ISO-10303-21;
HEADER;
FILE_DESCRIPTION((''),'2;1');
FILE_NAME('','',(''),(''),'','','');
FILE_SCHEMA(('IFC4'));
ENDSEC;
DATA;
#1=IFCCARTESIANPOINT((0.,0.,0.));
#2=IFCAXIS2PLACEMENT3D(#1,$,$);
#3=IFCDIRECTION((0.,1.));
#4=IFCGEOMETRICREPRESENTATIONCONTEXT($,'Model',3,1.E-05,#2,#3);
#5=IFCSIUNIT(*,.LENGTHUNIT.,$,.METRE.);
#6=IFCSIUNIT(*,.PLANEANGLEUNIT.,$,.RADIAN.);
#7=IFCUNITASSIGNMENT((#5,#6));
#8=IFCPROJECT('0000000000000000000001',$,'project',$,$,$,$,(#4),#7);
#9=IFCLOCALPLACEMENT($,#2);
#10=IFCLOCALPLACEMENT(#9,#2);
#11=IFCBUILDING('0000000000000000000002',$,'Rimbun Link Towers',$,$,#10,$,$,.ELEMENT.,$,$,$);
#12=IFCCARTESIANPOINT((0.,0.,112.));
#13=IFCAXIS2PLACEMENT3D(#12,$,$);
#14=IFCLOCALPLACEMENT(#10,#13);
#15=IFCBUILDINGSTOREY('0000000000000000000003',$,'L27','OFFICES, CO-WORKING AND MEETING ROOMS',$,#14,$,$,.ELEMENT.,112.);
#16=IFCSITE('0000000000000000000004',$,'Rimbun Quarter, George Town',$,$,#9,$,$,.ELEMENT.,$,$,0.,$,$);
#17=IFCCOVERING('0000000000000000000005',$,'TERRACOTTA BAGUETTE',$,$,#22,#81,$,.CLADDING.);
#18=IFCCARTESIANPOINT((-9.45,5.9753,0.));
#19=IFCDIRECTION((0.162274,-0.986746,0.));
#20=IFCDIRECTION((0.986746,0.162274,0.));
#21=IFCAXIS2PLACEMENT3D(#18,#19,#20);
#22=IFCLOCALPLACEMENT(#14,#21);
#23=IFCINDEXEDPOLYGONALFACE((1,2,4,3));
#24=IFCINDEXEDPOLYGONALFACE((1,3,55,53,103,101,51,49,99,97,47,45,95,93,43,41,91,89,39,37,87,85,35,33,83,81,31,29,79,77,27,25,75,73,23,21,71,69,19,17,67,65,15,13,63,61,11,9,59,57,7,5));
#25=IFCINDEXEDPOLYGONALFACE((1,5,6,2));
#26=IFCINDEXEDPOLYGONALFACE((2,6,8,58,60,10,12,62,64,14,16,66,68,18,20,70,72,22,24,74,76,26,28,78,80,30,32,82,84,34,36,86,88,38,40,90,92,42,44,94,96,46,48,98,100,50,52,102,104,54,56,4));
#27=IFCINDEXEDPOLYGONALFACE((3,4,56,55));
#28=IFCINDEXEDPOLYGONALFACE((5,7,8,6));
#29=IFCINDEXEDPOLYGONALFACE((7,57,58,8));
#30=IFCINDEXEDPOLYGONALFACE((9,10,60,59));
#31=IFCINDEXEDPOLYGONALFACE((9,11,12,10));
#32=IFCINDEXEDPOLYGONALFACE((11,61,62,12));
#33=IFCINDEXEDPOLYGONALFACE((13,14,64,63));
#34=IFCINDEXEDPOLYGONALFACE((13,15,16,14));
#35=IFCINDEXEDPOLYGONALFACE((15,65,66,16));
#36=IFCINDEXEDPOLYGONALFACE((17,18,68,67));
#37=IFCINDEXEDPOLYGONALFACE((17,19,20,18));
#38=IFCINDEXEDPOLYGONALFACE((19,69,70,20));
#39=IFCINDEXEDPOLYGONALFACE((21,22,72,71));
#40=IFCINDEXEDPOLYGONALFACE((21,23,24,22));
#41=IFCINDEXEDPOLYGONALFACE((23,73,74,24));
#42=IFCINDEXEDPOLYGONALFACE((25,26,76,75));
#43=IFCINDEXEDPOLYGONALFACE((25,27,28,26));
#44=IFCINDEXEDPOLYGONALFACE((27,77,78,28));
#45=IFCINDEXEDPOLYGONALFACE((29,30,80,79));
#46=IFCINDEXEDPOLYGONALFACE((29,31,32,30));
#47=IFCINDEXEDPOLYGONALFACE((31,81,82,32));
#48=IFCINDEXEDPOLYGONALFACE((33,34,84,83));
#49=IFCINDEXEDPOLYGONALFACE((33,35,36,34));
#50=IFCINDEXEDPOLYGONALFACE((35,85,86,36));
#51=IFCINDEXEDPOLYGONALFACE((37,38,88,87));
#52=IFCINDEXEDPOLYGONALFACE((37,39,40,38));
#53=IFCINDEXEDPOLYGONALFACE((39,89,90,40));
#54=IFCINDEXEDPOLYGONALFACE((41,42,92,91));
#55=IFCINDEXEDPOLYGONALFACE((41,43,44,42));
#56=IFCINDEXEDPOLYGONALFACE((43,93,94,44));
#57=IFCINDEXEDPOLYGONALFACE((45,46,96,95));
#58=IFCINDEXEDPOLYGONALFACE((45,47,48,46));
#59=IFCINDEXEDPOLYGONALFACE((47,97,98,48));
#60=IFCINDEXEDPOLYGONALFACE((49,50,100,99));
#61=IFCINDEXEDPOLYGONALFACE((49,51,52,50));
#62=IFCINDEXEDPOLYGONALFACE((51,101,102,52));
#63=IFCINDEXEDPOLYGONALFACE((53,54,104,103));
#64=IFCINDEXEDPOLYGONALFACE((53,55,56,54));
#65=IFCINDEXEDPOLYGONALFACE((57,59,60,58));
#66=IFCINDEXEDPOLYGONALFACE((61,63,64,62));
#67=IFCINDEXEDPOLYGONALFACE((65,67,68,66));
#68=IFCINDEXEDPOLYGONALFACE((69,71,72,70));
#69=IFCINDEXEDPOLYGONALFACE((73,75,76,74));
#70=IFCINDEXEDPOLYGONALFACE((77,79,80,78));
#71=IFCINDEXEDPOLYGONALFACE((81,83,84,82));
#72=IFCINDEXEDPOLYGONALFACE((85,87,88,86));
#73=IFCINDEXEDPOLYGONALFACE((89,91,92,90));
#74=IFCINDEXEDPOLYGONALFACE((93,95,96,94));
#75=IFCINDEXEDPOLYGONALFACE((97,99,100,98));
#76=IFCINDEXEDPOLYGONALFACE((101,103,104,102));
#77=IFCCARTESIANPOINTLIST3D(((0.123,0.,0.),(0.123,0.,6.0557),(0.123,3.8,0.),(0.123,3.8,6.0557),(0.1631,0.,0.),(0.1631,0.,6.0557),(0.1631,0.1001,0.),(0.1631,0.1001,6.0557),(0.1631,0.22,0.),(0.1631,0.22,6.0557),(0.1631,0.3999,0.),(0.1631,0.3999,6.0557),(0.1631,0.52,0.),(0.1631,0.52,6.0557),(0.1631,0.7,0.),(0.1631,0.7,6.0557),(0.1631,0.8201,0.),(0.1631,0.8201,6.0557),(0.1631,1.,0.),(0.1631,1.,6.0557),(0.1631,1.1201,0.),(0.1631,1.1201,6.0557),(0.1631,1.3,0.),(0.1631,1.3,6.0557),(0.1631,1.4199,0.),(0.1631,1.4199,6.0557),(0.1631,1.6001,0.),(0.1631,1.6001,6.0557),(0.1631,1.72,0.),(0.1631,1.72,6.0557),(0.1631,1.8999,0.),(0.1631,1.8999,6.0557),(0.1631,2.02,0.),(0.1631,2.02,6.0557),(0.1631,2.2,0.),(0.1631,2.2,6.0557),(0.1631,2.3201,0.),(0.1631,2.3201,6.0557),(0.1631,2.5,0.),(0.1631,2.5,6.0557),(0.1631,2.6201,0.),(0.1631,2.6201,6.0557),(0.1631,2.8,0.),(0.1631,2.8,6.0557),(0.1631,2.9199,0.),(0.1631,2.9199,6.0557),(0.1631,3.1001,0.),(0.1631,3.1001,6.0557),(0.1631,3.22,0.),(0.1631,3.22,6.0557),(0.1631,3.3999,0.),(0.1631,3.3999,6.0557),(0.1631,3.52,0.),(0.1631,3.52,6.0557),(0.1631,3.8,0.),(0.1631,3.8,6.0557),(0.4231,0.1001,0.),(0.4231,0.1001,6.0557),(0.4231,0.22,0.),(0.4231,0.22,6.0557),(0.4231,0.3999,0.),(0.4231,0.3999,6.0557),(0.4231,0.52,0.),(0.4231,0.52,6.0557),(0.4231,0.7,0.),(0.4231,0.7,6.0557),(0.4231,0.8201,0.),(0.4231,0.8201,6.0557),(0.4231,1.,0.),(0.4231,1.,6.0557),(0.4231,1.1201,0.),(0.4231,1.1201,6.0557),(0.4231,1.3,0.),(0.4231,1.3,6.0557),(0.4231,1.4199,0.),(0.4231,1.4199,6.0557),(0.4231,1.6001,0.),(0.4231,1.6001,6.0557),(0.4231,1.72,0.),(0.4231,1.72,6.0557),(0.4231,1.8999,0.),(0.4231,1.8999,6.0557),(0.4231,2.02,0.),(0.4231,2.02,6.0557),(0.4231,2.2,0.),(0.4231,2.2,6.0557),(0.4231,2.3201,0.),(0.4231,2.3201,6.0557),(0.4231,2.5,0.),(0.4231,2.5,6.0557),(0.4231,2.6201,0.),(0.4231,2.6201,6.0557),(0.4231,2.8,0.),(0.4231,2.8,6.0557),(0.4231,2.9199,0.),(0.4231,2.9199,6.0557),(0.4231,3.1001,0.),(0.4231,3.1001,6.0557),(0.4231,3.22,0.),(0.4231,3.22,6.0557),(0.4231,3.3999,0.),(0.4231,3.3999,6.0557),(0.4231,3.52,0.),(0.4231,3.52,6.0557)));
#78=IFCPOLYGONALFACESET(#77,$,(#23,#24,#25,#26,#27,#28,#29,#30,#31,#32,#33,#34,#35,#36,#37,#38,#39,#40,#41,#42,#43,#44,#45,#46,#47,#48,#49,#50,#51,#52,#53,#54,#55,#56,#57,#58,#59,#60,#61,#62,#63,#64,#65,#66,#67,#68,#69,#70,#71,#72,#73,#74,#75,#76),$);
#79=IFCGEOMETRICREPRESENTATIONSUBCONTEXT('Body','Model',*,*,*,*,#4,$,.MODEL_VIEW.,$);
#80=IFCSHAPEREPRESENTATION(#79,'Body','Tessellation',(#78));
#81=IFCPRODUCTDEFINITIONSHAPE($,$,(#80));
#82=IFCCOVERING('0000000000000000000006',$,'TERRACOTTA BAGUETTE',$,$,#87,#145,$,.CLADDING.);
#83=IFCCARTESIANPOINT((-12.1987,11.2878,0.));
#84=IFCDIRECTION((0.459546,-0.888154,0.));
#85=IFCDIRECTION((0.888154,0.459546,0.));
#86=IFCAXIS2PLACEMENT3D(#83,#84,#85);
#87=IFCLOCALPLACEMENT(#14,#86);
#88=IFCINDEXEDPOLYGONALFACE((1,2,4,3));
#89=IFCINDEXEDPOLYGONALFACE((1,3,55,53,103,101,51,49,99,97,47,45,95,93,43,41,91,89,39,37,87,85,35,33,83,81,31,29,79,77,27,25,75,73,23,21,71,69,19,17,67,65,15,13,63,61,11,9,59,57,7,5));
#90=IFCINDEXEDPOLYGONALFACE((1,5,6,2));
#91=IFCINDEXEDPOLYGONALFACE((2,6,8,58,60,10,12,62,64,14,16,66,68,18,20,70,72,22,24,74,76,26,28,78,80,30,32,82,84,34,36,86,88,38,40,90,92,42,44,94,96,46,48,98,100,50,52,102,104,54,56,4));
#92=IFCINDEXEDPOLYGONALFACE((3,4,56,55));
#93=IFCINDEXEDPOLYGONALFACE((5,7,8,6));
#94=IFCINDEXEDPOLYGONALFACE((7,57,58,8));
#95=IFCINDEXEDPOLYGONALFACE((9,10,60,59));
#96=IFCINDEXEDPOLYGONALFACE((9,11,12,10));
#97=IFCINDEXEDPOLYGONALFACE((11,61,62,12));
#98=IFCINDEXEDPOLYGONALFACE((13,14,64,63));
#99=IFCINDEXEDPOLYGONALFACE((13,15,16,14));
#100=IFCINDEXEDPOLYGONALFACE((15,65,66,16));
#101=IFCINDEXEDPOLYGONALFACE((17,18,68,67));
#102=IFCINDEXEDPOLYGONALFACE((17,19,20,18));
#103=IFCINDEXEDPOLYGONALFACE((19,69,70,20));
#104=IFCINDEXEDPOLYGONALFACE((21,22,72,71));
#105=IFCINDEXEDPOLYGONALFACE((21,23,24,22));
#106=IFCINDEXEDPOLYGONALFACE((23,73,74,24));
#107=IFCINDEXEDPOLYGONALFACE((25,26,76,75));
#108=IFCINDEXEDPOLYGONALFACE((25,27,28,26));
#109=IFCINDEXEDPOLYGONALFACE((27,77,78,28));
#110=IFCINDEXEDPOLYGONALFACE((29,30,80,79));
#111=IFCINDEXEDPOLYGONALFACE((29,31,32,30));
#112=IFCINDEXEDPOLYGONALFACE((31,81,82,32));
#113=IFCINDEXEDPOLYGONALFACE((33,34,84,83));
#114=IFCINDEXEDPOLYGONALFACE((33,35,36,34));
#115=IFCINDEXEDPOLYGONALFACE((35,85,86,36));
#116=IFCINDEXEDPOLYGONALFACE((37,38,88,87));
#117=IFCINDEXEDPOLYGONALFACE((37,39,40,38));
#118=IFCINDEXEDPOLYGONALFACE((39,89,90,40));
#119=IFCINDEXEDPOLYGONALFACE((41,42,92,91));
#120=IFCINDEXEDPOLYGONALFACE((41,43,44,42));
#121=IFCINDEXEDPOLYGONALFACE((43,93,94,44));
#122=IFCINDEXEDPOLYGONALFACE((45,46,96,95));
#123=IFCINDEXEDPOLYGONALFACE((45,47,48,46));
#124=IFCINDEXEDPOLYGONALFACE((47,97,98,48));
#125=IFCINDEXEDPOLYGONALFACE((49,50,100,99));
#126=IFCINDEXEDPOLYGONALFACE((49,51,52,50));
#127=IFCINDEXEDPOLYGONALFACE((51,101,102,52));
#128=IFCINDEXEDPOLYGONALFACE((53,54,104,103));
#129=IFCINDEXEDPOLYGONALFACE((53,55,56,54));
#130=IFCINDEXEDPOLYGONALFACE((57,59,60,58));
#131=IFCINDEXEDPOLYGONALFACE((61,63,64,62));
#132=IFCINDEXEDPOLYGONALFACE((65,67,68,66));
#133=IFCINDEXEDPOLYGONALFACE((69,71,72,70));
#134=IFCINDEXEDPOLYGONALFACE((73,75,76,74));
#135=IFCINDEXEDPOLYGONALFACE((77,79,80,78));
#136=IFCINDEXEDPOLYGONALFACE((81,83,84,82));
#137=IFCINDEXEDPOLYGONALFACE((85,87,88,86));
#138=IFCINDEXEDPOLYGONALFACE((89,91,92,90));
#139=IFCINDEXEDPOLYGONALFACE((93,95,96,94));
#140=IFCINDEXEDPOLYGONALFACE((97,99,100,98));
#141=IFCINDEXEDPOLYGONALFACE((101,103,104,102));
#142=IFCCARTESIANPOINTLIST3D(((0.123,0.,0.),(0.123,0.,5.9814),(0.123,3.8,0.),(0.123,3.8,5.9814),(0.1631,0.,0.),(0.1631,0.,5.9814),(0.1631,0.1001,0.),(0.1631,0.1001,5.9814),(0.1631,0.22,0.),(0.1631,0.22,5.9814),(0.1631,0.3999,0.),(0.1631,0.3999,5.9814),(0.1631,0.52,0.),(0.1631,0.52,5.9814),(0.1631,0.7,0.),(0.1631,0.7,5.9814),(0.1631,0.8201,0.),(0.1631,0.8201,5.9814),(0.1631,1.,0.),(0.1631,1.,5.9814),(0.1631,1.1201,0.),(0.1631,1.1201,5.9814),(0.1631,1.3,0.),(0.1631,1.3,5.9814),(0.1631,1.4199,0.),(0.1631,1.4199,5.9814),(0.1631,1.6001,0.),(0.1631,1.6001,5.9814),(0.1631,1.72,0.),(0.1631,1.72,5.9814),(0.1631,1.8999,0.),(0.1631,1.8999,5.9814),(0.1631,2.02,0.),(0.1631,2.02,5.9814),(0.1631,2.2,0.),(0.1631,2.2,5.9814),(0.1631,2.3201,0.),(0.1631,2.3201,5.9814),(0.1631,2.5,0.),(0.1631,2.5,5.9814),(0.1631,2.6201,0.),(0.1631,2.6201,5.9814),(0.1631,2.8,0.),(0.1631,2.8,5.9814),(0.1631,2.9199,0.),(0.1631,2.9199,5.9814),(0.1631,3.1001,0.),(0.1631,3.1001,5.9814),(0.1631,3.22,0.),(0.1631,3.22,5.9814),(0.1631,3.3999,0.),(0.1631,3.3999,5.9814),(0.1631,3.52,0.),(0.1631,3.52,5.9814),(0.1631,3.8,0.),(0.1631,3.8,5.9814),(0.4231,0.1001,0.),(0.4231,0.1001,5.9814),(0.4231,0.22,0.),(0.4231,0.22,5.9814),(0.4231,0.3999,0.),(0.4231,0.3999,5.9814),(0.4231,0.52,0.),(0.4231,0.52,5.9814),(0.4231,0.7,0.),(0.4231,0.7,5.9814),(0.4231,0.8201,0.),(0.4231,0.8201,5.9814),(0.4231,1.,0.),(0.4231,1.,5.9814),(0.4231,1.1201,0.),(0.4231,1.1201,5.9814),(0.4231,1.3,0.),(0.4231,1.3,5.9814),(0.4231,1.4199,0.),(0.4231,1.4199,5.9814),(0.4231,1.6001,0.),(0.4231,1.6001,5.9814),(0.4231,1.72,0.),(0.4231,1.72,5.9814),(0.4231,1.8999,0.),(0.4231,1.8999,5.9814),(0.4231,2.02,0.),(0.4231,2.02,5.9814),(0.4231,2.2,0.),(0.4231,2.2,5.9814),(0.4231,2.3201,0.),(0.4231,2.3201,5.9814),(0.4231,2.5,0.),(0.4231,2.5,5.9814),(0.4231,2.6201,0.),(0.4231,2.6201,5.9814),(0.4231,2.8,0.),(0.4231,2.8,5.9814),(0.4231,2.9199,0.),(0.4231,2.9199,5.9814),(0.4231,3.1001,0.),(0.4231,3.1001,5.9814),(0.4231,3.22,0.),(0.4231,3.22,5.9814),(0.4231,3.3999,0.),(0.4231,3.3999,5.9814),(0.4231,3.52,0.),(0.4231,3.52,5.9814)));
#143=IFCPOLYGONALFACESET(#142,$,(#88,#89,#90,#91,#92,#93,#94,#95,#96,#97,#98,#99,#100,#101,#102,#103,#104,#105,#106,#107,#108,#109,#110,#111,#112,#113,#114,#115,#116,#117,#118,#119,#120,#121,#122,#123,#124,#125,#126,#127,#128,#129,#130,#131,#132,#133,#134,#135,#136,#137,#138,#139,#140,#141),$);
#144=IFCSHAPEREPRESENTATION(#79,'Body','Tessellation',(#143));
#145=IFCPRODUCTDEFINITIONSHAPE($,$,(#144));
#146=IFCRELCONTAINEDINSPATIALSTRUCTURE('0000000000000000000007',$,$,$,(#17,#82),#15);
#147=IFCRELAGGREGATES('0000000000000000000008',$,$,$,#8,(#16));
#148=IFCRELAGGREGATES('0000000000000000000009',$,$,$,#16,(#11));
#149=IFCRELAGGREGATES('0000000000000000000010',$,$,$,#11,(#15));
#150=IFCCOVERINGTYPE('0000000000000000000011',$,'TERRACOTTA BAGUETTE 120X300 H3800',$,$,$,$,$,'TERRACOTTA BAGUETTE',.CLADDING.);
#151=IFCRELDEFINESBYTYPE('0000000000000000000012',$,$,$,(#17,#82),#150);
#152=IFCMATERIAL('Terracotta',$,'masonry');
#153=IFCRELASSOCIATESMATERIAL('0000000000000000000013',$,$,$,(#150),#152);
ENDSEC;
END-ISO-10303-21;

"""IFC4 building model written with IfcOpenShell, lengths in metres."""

from ifc_helpers import new_model, si_unit, direction, frame, origin, place, context, subcontext, project, spatial, polyline, outline, extrude, material, material_profile, profile_set, type_object, element, save


model = new_model("IFC4")

# Units and contexts
model_context = context("Model", 3, precision=1e-05, world=origin(), true_north=direction((0.0, 1.0)))
body_context = subcontext(model_context, "Body", "Model", "MODEL_VIEW")
ifc_project = project(units=[si_unit("LENGTHUNIT", "METRE"), si_unit("PLANEANGLEUNIT", "RADIAN")], contexts=[model_context])

# Site, building, storey
site_placement = place(None, origin())
site = spatial("IfcSite", under=ifc_project, at=site_placement, Name="Rimbun Quarter, George Town", CompositionType="ELEMENT", RefElevation=0.0)
building_placement = place(site_placement, origin())
building = spatial("IfcBuilding", under=site, at=building_placement, Name="Rimbun Link Towers", CompositionType="ELEMENT")
storey_placement = place(building_placement, frame((0.0, 0.0, 112.0)))
storey = spatial("IfcBuildingStorey", under=building, at=storey_placement, Name="L27", Description="OFFICES, CO-WORKING AND MEETING ROOMS", CompositionType="ELEMENT", Elevation=112.0)

# Coverings
ifc_material_1 = material(Name="Terracotta", Category="masonry")
ifc_material_profile_1 = material_profile(ifc_material_1, outline(polyline([(0.123, 0.0), (0.1631, 0.0), (0.1631, 0.1001), (0.4231, 0.1001), (0.4231, 0.22), (0.1631, 0.22), (0.1631, 0.3999), (0.4231, 0.3999), (0.4231, 0.52), (0.1631, 0.52), (0.1631, 0.7), (0.4231, 0.7), (0.4231, 0.8201), (0.1631, 0.8201), (0.1631, 1.0), (0.4231, 1.0), (0.4231, 1.1201), (0.1631, 1.1201), (0.1631, 1.3), (0.4231, 1.3), (0.4231, 1.4199), (0.1631, 1.4199), (0.1631, 1.6001), (0.4231, 1.6001), (0.4231, 1.72), (0.1631, 1.72), (0.1631, 1.8999), (0.4231, 1.8999), (0.4231, 2.02), (0.1631, 2.02), (0.1631, 2.2), (0.4231, 2.2), (0.4231, 2.3201), (0.1631, 2.3201), (0.1631, 2.5), (0.4231, 2.5), (0.4231, 2.6201), (0.1631, 2.6201), (0.1631, 2.8), (0.4231, 2.8), (0.4231, 2.9199), (0.1631, 2.9199), (0.1631, 3.1001), (0.4231, 3.1001), (0.4231, 3.22), (0.1631, 3.22), (0.1631, 3.3999), (0.4231, 3.3999), (0.4231, 3.52), (0.1631, 3.52), (0.1631, 3.8), (0.123, 3.8), (0.123, 0.0)])), Name="BAGUETTE 120X300")
ifc_profile_set_1 = profile_set([ifc_material_profile_1], Name="Terracotta")
covering_type = type_object("IfcCoveringType", Name="TERRACOTTA BAGUETTE 120X300 H3800", ElementType="TERRACOTTA BAGUETTE", PredefinedType="CLADDING", material=ifc_profile_set_1)
covering_1_placement = place(storey_placement, frame((-9.45, 5.9753, 0.0), z_axis=(0.162274, -0.986746, 0.0), x_axis=(0.986746, 0.162274, 0.0)))
element("IfcCovering", 1, at=covering_1_placement, inside=storey, type_object=covering_type, Name="TERRACOTTA BAGUETTE", PredefinedType="CLADDING", context=body_context, shape_type="SweptSolid", body=[
    extrude(outline(polyline([(0.123, 0.0), (0.1631, 0.0), (0.1631, 0.1001), (0.4231, 0.1001), (0.4231, 0.22), (0.1631, 0.22), (0.1631, 0.3999), (0.4231, 0.3999), (0.4231, 0.52), (0.1631, 0.52), (0.1631, 0.7), (0.4231, 0.7), (0.4231, 0.8201), (0.1631, 0.8201), (0.1631, 1.0), (0.4231, 1.0), (0.4231, 1.1201), (0.1631, 1.1201), (0.1631, 1.3), (0.4231, 1.3), (0.4231, 1.4199), (0.1631, 1.4199), (0.1631, 1.6001), (0.4231, 1.6001), (0.4231, 1.72), (0.1631, 1.72), (0.1631, 1.8999), (0.4231, 1.8999), (0.4231, 2.02), (0.1631, 2.02), (0.1631, 2.2), (0.4231, 2.2), (0.4231, 2.3201), (0.1631, 2.3201), (0.1631, 2.5), (0.4231, 2.5), (0.4231, 2.6201), (0.1631, 2.6201), (0.1631, 2.8), (0.4231, 2.8), (0.4231, 2.9199), (0.1631, 2.9199), (0.1631, 3.1001), (0.4231, 3.1001), (0.4231, 3.22), (0.1631, 3.22), (0.1631, 3.3999), (0.4231, 3.3999), (0.4231, 3.52), (0.1631, 3.52), (0.1631, 3.8), (0.123, 3.8), (0.123, 0.0)])), origin(), (0.0, 0.0, 1.0), 6.0557),
])
covering_2_placement = place(storey_placement, frame((-12.1987, 11.2878, 0.0), z_axis=(0.459546, -0.888154, 0.0), x_axis=(0.888154, 0.459546, 0.0)))
element("IfcCovering", 2, at=covering_2_placement, inside=storey, type_object=covering_type, Name="TERRACOTTA BAGUETTE", PredefinedType="CLADDING", context=body_context, shape_type="SweptSolid", body=[
    extrude(outline(polyline([(0.123, 0.0), (0.1631, 0.0), (0.1631, 0.1001), (0.4231, 0.1001), (0.4231, 0.22), (0.1631, 0.22), (0.1631, 0.3999), (0.4231, 0.3999), (0.4231, 0.52), (0.1631, 0.52), (0.1631, 0.7), (0.4231, 0.7), (0.4231, 0.8201), (0.1631, 0.8201), (0.1631, 1.0), (0.4231, 1.0), (0.4231, 1.1201), (0.1631, 1.1201), (0.1631, 1.3), (0.4231, 1.3), (0.4231, 1.4199), (0.1631, 1.4199), (0.1631, 1.6001), (0.4231, 1.6001), (0.4231, 1.72), (0.1631, 1.72), (0.1631, 1.8999), (0.4231, 1.8999), (0.4231, 2.02), (0.1631, 2.02), (0.1631, 2.2), (0.4231, 2.2), (0.4231, 2.3201), (0.1631, 2.3201), (0.1631, 2.5), (0.4231, 2.5), (0.4231, 2.6201), (0.1631, 2.6201), (0.1631, 2.8), (0.4231, 2.8), (0.4231, 2.9199), (0.1631, 2.9199), (0.1631, 3.1001), (0.4231, 3.1001), (0.4231, 3.22), (0.1631, 3.22), (0.1631, 3.3999), (0.4231, 3.3999), (0.4231, 3.52), (0.1631, 3.52), (0.1631, 3.8), (0.123, 3.8), (0.123, 0.0)])), origin(), (0.0, 0.0, 1.0), 5.9814),
])

save(model, "model.ifc")
